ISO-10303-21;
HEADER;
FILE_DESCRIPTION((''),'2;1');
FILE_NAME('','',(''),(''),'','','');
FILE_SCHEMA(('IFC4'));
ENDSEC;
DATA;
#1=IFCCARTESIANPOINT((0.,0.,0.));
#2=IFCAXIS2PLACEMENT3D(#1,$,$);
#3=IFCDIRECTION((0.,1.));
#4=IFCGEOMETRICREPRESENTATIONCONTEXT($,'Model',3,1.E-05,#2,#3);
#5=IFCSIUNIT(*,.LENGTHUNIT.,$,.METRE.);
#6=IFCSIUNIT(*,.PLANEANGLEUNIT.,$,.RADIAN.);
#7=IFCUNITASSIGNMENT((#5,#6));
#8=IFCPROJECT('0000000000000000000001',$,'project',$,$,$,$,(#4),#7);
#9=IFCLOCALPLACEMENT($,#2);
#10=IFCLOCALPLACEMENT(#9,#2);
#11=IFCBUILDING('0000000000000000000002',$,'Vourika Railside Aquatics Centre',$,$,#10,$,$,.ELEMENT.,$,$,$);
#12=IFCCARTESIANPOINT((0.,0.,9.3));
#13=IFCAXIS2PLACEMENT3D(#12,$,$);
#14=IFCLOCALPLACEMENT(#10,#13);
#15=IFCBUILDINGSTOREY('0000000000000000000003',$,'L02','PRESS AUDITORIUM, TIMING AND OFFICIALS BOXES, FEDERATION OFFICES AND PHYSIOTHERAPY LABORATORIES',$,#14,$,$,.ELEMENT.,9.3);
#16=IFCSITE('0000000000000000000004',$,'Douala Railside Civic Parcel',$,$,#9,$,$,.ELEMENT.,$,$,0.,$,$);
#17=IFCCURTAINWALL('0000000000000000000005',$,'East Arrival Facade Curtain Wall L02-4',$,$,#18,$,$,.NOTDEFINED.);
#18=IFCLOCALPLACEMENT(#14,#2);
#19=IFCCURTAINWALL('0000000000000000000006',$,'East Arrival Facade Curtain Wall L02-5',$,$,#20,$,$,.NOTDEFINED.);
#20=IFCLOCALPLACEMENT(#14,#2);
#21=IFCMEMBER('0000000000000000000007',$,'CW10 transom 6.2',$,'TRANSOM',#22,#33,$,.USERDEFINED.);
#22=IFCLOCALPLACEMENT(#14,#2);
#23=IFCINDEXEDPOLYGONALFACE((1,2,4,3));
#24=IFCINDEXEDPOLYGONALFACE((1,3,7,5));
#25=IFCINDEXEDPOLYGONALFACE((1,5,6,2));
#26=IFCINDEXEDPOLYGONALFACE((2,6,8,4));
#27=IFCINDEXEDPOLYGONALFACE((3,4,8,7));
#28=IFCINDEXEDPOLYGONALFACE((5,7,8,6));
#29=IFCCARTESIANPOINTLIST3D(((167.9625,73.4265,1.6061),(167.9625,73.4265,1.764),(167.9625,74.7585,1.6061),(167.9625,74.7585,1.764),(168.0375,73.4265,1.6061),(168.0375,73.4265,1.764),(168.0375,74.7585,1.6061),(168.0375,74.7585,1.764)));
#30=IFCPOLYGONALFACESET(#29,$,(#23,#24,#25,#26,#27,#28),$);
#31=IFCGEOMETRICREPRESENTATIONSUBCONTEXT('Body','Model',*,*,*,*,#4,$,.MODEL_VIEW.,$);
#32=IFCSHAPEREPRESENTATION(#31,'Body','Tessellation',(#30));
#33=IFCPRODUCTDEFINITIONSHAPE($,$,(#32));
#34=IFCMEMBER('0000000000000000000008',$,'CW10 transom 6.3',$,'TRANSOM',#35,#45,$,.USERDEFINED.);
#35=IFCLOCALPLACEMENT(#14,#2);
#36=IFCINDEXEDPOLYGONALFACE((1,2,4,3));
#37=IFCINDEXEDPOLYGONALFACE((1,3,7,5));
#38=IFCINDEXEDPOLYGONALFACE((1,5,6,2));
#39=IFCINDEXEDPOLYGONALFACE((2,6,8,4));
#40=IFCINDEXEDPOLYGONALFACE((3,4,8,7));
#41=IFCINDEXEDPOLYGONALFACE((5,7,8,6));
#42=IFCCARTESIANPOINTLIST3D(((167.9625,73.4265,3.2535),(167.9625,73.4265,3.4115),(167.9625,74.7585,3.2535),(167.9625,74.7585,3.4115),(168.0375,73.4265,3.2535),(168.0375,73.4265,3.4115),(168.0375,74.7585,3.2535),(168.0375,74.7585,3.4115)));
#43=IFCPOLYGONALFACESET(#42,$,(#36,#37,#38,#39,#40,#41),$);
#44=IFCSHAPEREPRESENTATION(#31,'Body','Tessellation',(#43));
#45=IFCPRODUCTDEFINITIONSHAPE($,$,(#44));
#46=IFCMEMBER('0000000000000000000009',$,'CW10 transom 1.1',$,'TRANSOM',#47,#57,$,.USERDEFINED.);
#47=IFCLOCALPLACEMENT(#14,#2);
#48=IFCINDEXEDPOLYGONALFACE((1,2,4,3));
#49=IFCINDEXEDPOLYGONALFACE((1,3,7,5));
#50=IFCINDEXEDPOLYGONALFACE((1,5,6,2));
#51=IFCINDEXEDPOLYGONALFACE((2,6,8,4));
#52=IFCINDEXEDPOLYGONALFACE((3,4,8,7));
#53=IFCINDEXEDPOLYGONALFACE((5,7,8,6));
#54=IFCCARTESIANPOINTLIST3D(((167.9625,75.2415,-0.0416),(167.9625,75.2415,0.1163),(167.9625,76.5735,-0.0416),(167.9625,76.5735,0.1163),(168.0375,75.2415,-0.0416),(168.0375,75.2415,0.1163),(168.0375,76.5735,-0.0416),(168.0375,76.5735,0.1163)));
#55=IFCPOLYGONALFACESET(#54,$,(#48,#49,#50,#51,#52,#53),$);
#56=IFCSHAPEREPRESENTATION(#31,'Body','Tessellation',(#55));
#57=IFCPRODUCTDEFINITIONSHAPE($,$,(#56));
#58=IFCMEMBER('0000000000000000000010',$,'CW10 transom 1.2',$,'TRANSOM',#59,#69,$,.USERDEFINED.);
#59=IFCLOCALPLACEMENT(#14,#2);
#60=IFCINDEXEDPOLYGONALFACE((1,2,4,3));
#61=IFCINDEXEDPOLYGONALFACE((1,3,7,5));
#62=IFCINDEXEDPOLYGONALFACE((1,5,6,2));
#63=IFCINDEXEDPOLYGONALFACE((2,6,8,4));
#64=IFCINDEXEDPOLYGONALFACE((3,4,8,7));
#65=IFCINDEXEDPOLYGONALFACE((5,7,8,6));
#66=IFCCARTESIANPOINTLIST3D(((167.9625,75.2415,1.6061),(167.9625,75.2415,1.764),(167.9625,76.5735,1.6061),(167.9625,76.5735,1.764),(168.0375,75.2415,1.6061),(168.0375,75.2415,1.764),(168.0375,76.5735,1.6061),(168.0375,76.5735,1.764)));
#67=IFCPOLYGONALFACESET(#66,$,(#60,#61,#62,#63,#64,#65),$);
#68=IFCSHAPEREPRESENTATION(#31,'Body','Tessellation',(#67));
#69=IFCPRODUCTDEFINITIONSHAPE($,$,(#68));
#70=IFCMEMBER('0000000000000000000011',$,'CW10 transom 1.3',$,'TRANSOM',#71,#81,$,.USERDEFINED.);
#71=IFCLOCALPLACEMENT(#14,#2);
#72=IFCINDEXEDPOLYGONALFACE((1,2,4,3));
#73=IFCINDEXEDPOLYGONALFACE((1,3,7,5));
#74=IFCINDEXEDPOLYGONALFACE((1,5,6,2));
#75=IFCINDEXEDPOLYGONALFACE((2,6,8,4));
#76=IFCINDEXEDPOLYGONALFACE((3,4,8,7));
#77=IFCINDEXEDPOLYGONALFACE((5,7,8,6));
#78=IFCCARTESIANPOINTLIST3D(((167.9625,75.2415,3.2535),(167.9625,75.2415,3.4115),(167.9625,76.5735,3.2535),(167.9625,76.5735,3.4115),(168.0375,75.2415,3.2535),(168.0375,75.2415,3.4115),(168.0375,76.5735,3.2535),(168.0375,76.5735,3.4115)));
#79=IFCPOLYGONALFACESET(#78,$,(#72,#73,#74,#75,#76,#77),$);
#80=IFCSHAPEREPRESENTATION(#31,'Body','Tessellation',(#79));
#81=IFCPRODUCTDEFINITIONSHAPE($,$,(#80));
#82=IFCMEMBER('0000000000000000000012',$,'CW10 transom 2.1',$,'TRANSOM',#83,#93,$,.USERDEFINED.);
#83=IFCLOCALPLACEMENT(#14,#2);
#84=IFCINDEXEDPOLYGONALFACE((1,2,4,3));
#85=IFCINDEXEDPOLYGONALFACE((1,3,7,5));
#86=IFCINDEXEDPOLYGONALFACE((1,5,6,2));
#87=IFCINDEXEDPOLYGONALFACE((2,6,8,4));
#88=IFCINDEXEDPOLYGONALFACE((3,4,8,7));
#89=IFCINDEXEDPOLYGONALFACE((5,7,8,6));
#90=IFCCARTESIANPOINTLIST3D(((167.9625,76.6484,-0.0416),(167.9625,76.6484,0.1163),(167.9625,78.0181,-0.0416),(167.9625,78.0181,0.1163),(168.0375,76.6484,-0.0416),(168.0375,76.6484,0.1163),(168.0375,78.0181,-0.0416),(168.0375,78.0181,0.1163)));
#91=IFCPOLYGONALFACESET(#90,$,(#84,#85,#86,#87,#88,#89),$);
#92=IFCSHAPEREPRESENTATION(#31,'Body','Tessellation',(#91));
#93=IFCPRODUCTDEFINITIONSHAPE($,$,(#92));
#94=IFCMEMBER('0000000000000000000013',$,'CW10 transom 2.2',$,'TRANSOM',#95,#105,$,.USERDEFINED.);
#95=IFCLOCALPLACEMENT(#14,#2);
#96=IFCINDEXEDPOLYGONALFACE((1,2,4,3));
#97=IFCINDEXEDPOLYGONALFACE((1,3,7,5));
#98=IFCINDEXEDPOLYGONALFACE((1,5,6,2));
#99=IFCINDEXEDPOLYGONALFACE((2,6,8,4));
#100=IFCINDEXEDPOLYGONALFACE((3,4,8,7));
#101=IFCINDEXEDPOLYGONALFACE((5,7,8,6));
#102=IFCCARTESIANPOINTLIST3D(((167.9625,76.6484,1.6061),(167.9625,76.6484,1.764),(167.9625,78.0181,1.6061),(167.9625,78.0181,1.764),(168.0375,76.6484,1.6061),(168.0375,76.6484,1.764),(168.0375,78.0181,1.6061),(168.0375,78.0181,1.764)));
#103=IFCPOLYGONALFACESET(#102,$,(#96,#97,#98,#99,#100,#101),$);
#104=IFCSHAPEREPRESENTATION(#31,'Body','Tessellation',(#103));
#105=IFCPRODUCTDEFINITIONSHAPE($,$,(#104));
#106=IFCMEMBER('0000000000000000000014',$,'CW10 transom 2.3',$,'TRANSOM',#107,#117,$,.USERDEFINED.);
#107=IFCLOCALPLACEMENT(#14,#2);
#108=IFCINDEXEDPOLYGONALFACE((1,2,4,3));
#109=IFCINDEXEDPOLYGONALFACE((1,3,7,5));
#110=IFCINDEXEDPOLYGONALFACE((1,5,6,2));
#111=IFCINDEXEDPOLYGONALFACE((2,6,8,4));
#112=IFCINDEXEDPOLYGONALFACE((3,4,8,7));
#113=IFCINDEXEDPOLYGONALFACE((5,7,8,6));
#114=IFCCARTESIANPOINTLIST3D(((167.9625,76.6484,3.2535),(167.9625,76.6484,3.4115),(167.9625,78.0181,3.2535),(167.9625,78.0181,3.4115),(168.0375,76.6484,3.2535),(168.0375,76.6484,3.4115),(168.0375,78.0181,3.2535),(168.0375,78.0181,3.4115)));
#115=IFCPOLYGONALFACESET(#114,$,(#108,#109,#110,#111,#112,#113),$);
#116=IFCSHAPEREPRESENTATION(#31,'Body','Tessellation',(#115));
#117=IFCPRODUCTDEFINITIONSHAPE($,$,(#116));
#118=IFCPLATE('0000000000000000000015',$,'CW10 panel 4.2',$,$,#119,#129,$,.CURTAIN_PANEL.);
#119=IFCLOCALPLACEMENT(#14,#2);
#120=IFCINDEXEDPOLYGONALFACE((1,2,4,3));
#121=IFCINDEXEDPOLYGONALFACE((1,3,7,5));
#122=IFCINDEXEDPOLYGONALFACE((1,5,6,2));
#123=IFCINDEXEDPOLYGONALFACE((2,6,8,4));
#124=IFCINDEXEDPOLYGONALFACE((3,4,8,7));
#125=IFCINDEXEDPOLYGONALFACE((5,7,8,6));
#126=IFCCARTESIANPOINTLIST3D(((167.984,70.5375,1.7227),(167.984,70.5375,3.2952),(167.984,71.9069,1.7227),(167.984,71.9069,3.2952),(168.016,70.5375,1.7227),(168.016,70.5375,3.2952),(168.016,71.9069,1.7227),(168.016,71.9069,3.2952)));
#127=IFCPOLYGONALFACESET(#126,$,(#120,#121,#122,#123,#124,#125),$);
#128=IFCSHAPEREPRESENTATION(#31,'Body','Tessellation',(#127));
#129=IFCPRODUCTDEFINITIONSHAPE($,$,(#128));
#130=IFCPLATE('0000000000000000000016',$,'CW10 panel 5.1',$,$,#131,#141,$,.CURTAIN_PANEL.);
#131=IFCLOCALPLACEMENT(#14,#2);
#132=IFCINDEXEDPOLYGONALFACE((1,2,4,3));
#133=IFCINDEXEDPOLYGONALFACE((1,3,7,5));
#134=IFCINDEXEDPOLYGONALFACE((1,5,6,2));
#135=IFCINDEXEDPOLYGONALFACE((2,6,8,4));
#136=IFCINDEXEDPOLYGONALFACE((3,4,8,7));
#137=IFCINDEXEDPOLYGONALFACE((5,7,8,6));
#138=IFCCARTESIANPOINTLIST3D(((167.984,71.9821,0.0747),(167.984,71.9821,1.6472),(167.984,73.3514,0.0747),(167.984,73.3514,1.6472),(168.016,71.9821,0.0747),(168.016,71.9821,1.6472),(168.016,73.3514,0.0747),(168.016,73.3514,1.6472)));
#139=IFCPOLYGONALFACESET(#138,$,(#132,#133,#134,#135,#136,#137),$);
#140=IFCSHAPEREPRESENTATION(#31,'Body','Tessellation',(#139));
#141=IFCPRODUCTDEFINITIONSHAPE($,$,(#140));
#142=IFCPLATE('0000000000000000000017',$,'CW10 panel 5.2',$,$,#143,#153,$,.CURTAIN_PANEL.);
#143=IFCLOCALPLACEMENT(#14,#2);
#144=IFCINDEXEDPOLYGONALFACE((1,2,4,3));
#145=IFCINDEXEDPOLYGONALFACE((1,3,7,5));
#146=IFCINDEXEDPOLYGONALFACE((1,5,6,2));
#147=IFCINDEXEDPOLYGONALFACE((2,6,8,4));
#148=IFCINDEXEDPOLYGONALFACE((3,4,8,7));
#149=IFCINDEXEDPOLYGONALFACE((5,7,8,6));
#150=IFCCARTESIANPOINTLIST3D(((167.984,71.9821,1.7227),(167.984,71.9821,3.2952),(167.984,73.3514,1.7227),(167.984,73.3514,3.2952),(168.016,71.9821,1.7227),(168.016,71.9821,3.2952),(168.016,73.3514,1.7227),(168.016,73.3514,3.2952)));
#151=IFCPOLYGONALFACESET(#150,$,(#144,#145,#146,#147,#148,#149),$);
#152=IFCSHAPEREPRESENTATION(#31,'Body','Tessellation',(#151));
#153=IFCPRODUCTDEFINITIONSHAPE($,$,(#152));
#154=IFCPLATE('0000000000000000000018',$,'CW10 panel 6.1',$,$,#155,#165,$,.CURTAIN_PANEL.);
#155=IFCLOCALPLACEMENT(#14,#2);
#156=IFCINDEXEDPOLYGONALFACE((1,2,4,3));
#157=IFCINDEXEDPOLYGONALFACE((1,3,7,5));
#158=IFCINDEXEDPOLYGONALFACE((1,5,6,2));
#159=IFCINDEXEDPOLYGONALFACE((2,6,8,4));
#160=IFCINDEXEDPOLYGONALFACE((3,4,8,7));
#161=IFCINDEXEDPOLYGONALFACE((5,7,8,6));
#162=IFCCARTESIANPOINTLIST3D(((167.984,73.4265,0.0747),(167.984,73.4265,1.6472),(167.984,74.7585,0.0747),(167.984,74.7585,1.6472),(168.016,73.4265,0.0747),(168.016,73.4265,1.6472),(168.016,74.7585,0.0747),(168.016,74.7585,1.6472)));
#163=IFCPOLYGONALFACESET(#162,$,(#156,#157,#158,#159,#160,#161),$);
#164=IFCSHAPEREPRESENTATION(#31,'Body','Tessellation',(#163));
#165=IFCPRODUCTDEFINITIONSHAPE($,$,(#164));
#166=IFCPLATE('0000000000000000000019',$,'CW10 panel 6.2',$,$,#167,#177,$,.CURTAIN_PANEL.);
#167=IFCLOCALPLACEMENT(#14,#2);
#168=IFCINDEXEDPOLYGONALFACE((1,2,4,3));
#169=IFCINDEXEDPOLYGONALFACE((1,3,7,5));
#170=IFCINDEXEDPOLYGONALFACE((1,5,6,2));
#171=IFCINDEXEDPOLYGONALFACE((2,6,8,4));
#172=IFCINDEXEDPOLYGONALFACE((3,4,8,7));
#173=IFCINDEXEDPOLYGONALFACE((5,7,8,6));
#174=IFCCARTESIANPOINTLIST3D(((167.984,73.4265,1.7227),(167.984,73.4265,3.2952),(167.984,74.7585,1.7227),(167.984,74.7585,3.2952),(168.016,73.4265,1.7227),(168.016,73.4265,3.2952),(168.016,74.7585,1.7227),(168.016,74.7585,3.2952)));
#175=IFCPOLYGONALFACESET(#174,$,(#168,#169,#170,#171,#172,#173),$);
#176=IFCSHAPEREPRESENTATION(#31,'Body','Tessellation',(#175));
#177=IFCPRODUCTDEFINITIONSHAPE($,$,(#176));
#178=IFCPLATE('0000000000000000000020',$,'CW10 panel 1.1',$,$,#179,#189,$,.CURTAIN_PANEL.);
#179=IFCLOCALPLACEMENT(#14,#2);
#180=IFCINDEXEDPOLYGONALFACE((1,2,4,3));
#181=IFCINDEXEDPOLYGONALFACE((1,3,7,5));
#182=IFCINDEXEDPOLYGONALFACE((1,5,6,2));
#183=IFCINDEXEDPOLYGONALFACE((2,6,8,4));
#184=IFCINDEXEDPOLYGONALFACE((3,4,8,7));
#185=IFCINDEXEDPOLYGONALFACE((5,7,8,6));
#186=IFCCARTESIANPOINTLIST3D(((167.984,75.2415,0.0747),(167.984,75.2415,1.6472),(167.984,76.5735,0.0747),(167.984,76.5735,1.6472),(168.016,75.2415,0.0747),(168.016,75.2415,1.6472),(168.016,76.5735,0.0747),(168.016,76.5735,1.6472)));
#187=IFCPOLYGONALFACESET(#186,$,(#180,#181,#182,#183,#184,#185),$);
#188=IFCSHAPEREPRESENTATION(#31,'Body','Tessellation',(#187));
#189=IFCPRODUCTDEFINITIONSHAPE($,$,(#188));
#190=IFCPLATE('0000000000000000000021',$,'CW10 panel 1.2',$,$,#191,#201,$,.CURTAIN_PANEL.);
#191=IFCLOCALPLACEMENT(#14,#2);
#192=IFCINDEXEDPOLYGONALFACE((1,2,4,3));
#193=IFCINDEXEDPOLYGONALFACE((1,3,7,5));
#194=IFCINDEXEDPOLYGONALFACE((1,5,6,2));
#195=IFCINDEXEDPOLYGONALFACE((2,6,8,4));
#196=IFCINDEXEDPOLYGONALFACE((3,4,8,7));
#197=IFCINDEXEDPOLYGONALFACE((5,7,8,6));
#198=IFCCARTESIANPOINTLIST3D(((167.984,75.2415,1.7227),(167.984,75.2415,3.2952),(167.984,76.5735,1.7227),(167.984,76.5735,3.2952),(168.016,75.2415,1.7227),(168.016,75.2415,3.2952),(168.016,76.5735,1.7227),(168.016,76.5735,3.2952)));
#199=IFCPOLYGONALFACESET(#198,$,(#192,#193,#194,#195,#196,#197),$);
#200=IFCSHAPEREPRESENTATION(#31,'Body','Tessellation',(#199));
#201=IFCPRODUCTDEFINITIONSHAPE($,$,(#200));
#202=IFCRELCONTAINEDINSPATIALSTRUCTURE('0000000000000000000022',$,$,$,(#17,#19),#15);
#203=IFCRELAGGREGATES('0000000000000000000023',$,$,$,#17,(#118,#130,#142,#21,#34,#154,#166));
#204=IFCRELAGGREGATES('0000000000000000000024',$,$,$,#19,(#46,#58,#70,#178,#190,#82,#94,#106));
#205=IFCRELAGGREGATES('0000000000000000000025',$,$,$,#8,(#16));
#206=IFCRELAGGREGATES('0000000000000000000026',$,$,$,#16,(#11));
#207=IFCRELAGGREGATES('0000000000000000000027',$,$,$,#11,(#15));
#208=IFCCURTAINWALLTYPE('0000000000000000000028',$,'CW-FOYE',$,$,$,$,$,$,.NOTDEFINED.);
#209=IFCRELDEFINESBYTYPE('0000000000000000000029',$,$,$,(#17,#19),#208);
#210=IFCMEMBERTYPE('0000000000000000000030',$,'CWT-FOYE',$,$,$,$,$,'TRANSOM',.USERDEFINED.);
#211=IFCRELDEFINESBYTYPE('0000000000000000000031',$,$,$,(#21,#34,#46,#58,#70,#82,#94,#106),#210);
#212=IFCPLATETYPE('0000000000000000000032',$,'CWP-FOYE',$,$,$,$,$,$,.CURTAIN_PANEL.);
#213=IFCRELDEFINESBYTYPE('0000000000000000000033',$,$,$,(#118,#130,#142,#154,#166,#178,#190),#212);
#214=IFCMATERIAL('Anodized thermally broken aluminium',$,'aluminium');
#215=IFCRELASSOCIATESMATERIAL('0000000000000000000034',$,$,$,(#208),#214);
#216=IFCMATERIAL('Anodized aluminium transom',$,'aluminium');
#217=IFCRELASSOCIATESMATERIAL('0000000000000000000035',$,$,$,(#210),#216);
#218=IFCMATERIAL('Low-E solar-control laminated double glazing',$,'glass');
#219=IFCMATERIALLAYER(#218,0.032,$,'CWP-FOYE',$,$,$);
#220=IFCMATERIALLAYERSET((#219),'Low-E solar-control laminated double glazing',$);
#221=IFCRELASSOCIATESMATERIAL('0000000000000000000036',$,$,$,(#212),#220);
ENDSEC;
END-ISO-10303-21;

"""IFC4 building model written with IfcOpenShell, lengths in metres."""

from ifc_helpers import new_model, si_unit, direction, frame, origin, origin_2d, place, context, subcontext, project, spatial, rectangle, extrude, material, layer, layer_set, material_profile, profile_set, type_object, element, aggregate, save


model = new_model("IFC4")

# Units and contexts
model_context = context("Model", 3, precision=1e-05, world=origin(), true_north=direction((0.0, 1.0)))
body_context = subcontext(model_context, "Body", "Model", "MODEL_VIEW")
ifc_project = project(units=[si_unit("LENGTHUNIT", "METRE"), si_unit("PLANEANGLEUNIT", "RADIAN")], contexts=[model_context])

# Site, building, storey
site_placement = place(None, origin())
site = spatial("IfcSite", under=ifc_project, at=site_placement, Name="Douala Railside Civic Parcel", CompositionType="ELEMENT", RefElevation=0.0)
building_placement = place(site_placement, origin())
building = spatial("IfcBuilding", under=site, at=building_placement, Name="Vourika Railside Aquatics Centre", CompositionType="ELEMENT")
storey_placement = place(building_placement, frame((0.0, 0.0, 9.3)))
storey = spatial("IfcBuildingStorey", under=building, at=storey_placement, Name="L02", Description="PRESS AUDITORIUM, TIMING AND OFFICIALS BOXES, FEDERATION OFFICES AND PHYSIOTHERAPY LABORATORIES", CompositionType="ELEMENT", Elevation=9.3)

# Curtain walls
ifc_material_1 = material(Name="Anodized thermally broken aluminium", Category="aluminium")
curtain_wall_type = type_object("IfcCurtainWallType", Name="CW-FOYE", PredefinedType="NOTDEFINED", material=ifc_material_1)
curtain_wall_1_placement = place(storey_placement, origin())
curtain_wall_1 = element("IfcCurtainWall", 1, at=curtain_wall_1_placement, inside=storey, type_object=curtain_wall_type, Name="East Arrival Facade Curtain Wall L02-4", PredefinedType="NOTDEFINED")
curtain_wall_2_placement = place(storey_placement, origin())
curtain_wall_2 = element("IfcCurtainWall", 2, at=curtain_wall_2_placement, inside=storey, type_object=curtain_wall_type, Name="East Arrival Facade Curtain Wall L02-5", PredefinedType="NOTDEFINED")

# Members
ifc_material_2 = material(Name="Anodized aluminium transom", Category="aluminium")
ifc_material_profile_1 = material_profile(ifc_material_2, rectangle(XDim=0.075, YDim=0.158, at=origin_2d()), Name="ALU-T 75x158")
ifc_profile_set_1 = profile_set([ifc_material_profile_1], Name="Anodized aluminium transom")
member_type_1 = type_object("IfcMemberType", Name="CWT-FOYE", ElementType="TRANSOM", PredefinedType="USERDEFINED", material=ifc_profile_set_1)
member_1_placement = place(storey_placement, frame((168.0, 73.4265, 1.6851), z_axis=(0.0, 1.0, 0.0), x_axis=(-1.0, 0.0, 0.0)))
member_1 = element("IfcMember", 3, at=member_1_placement, type_object=member_type_1, Name="CW10 transom 6.2", ObjectType="TRANSOM", PredefinedType="USERDEFINED", context=body_context, shape_type="SweptSolid", body=[
    extrude(rectangle(XDim=0.075, YDim=0.158, at=origin_2d()), origin(), (0.0, 0.0, 1.0), 1.332),
])
member_2_placement = place(storey_placement, frame((168.0, 73.4265, 3.3325), z_axis=(0.0, 1.0, 0.0), x_axis=(-1.0, 0.0, 0.0)))
member_2 = element("IfcMember", 4, at=member_2_placement, type_object=member_type_1, Name="CW10 transom 6.3", ObjectType="TRANSOM", PredefinedType="USERDEFINED", context=body_context, shape_type="SweptSolid", body=[
    extrude(rectangle(XDim=0.075, YDim=0.158, at=origin_2d()), origin(), (0.0, 0.0, 1.0), 1.332),
])
member_3_placement = place(storey_placement, frame((168.0, 75.2415, 0.0374), z_axis=(0.0, 1.0, 0.0), x_axis=(-1.0, 0.0, 0.0)))
member_3 = element("IfcMember", 5, at=member_3_placement, type_object=member_type_1, Name="CW10 transom 1.1", ObjectType="TRANSOM", PredefinedType="USERDEFINED", context=body_context, shape_type="SweptSolid", body=[
    extrude(rectangle(XDim=0.075, YDim=0.158, at=origin_2d()), origin(), (0.0, 0.0, 1.0), 1.332),
])
member_4_placement = place(storey_placement, frame((168.0, 75.2415, 1.6851), z_axis=(0.0, 1.0, 0.0), x_axis=(-1.0, 0.0, 0.0)))
member_4 = element("IfcMember", 6, at=member_4_placement, type_object=member_type_1, Name="CW10 transom 1.2", ObjectType="TRANSOM", PredefinedType="USERDEFINED", context=body_context, shape_type="SweptSolid", body=[
    extrude(rectangle(XDim=0.075, YDim=0.158, at=origin_2d()), origin(), (0.0, 0.0, 1.0), 1.332),
])
member_5_placement = place(storey_placement, frame((168.0, 75.2415, 3.3325), z_axis=(0.0, 1.0, 0.0), x_axis=(-1.0, 0.0, 0.0)))
member_5 = element("IfcMember", 7, at=member_5_placement, type_object=member_type_1, Name="CW10 transom 1.3", ObjectType="TRANSOM", PredefinedType="USERDEFINED", context=body_context, shape_type="SweptSolid", body=[
    extrude(rectangle(XDim=0.075, YDim=0.158, at=origin_2d()), origin(), (0.0, 0.0, 1.0), 1.332),
])
member_6_placement = place(storey_placement, frame((168.0, 76.6484, 0.0374), z_axis=(0.0, 1.0, 0.0), x_axis=(-1.0, 0.0, 0.0)))
member_6 = element("IfcMember", 8, at=member_6_placement, type_object=member_type_1, Name="CW10 transom 2.1", ObjectType="TRANSOM", PredefinedType="USERDEFINED", context=body_context, shape_type="SweptSolid", body=[
    extrude(rectangle(XDim=0.075, YDim=0.158, at=origin_2d()), origin(), (0.0, 0.0, 1.0), 1.3696),
])
member_7_placement = place(storey_placement, frame((168.0, 76.6484, 1.6851), z_axis=(0.0, 1.0, 0.0), x_axis=(-1.0, 0.0, 0.0)))
member_7 = element("IfcMember", 9, at=member_7_placement, type_object=member_type_1, Name="CW10 transom 2.2", ObjectType="TRANSOM", PredefinedType="USERDEFINED", context=body_context, shape_type="SweptSolid", body=[
    extrude(rectangle(XDim=0.075, YDim=0.158, at=origin_2d()), origin(), (0.0, 0.0, 1.0), 1.3696),
])
member_8_placement = place(storey_placement, frame((168.0, 76.6484, 3.3325), z_axis=(0.0, 1.0, 0.0), x_axis=(-1.0, 0.0, 0.0)))
member_8 = element("IfcMember", 10, at=member_8_placement, type_object=member_type_1, Name="CW10 transom 2.3", ObjectType="TRANSOM", PredefinedType="USERDEFINED", context=body_context, shape_type="SweptSolid", body=[
    extrude(rectangle(XDim=0.075, YDim=0.158, at=origin_2d()), origin(), (0.0, 0.0, 1.0), 1.3696),
])

# Plates
ifc_material_3 = material(Name="Low-E solar-control laminated double glazing", Category="glass")
ifc_layer_1 = layer(ifc_material_3, 0.032, Name="CWP-FOYE")
ifc_layer_set_1 = layer_set([ifc_layer_1], Name="Low-E solar-control laminated double glazing")
plate_type_1 = type_object("IfcPlateType", Name="CWP-FOYE", PredefinedType="CURTAIN_PANEL", material=ifc_layer_set_1)
plate_1_placement = place(storey_placement, frame((168.0, 71.2222, 1.7227), z_axis=(0.0, 0.0, 1.0), x_axis=(0.0, 1.0, 0.0)))
plate_1 = element("IfcPlate", 11, at=plate_1_placement, type_object=plate_type_1, Name="CW10 panel 4.2", PredefinedType="CURTAIN_PANEL", context=body_context, shape_type="SweptSolid", body=[
    extrude(rectangle(XDim=1.3694, YDim=0.032, at=origin_2d()), origin(), (0.0, 0.0, 1.0), 1.5725),
])
plate_2_placement = place(storey_placement, frame((168.0, 72.6667, 0.0747), z_axis=(0.0, 0.0, 1.0), x_axis=(0.0, 1.0, 0.0)))
plate_2 = element("IfcPlate", 12, at=plate_2_placement, type_object=plate_type_1, Name="CW10 panel 5.1", PredefinedType="CURTAIN_PANEL", context=body_context, shape_type="SweptSolid", body=[
    extrude(rectangle(XDim=1.3694, YDim=0.032, at=origin_2d()), origin(), (0.0, 0.0, 1.0), 1.5725),
])
plate_3_placement = place(storey_placement, frame((168.0, 72.6667, 1.7227), z_axis=(0.0, 0.0, 1.0), x_axis=(0.0, 1.0, 0.0)))
plate_3 = element("IfcPlate", 13, at=plate_3_placement, type_object=plate_type_1, Name="CW10 panel 5.2", PredefinedType="CURTAIN_PANEL", context=body_context, shape_type="SweptSolid", body=[
    extrude(rectangle(XDim=1.3694, YDim=0.032, at=origin_2d()), origin(), (0.0, 0.0, 1.0), 1.5725),
])
plate_4_placement = place(storey_placement, frame((168.0, 74.0925, 0.0747), z_axis=(0.0, 0.0, 1.0), x_axis=(0.0, 1.0, 0.0)))
plate_4 = element("IfcPlate", 14, at=plate_4_placement, type_object=plate_type_1, Name="CW10 panel 6.1", PredefinedType="CURTAIN_PANEL", context=body_context, shape_type="SweptSolid", body=[
    extrude(rectangle(XDim=1.332, YDim=0.032, at=origin_2d()), origin(), (0.0, 0.0, 1.0), 1.5725),
])
plate_5_placement = place(storey_placement, frame((168.0, 74.0925, 1.7227), z_axis=(0.0, 0.0, 1.0), x_axis=(0.0, 1.0, 0.0)))
plate_5 = element("IfcPlate", 15, at=plate_5_placement, type_object=plate_type_1, Name="CW10 panel 6.2", PredefinedType="CURTAIN_PANEL", context=body_context, shape_type="SweptSolid", body=[
    extrude(rectangle(XDim=1.332, YDim=0.032, at=origin_2d()), origin(), (0.0, 0.0, 1.0), 1.5725),
])
aggregate(curtain_wall_1, [plate_1, plate_2, plate_3, member_1, member_2, plate_4, plate_5])
plate_6_placement = place(storey_placement, frame((168.0, 75.9075, 0.0747), z_axis=(0.0, 0.0, 1.0), x_axis=(0.0, 1.0, 0.0)))
plate_6 = element("IfcPlate", 16, at=plate_6_placement, type_object=plate_type_1, Name="CW10 panel 1.1", PredefinedType="CURTAIN_PANEL", context=body_context, shape_type="SweptSolid", body=[
    extrude(rectangle(XDim=1.332, YDim=0.032, at=origin_2d()), origin(), (0.0, 0.0, 1.0), 1.5725),
])
plate_7_placement = place(storey_placement, frame((168.0, 75.9075, 1.7227), z_axis=(0.0, 0.0, 1.0), x_axis=(0.0, 1.0, 0.0)))
plate_7 = element("IfcPlate", 17, at=plate_7_placement, type_object=plate_type_1, Name="CW10 panel 1.2", PredefinedType="CURTAIN_PANEL", context=body_context, shape_type="SweptSolid", body=[
    extrude(rectangle(XDim=1.332, YDim=0.032, at=origin_2d()), origin(), (0.0, 0.0, 1.0), 1.5725),
])
aggregate(curtain_wall_2, [member_3, member_4, member_5, plate_6, plate_7, member_6, member_7, member_8])

save(model, "model.ifc")
